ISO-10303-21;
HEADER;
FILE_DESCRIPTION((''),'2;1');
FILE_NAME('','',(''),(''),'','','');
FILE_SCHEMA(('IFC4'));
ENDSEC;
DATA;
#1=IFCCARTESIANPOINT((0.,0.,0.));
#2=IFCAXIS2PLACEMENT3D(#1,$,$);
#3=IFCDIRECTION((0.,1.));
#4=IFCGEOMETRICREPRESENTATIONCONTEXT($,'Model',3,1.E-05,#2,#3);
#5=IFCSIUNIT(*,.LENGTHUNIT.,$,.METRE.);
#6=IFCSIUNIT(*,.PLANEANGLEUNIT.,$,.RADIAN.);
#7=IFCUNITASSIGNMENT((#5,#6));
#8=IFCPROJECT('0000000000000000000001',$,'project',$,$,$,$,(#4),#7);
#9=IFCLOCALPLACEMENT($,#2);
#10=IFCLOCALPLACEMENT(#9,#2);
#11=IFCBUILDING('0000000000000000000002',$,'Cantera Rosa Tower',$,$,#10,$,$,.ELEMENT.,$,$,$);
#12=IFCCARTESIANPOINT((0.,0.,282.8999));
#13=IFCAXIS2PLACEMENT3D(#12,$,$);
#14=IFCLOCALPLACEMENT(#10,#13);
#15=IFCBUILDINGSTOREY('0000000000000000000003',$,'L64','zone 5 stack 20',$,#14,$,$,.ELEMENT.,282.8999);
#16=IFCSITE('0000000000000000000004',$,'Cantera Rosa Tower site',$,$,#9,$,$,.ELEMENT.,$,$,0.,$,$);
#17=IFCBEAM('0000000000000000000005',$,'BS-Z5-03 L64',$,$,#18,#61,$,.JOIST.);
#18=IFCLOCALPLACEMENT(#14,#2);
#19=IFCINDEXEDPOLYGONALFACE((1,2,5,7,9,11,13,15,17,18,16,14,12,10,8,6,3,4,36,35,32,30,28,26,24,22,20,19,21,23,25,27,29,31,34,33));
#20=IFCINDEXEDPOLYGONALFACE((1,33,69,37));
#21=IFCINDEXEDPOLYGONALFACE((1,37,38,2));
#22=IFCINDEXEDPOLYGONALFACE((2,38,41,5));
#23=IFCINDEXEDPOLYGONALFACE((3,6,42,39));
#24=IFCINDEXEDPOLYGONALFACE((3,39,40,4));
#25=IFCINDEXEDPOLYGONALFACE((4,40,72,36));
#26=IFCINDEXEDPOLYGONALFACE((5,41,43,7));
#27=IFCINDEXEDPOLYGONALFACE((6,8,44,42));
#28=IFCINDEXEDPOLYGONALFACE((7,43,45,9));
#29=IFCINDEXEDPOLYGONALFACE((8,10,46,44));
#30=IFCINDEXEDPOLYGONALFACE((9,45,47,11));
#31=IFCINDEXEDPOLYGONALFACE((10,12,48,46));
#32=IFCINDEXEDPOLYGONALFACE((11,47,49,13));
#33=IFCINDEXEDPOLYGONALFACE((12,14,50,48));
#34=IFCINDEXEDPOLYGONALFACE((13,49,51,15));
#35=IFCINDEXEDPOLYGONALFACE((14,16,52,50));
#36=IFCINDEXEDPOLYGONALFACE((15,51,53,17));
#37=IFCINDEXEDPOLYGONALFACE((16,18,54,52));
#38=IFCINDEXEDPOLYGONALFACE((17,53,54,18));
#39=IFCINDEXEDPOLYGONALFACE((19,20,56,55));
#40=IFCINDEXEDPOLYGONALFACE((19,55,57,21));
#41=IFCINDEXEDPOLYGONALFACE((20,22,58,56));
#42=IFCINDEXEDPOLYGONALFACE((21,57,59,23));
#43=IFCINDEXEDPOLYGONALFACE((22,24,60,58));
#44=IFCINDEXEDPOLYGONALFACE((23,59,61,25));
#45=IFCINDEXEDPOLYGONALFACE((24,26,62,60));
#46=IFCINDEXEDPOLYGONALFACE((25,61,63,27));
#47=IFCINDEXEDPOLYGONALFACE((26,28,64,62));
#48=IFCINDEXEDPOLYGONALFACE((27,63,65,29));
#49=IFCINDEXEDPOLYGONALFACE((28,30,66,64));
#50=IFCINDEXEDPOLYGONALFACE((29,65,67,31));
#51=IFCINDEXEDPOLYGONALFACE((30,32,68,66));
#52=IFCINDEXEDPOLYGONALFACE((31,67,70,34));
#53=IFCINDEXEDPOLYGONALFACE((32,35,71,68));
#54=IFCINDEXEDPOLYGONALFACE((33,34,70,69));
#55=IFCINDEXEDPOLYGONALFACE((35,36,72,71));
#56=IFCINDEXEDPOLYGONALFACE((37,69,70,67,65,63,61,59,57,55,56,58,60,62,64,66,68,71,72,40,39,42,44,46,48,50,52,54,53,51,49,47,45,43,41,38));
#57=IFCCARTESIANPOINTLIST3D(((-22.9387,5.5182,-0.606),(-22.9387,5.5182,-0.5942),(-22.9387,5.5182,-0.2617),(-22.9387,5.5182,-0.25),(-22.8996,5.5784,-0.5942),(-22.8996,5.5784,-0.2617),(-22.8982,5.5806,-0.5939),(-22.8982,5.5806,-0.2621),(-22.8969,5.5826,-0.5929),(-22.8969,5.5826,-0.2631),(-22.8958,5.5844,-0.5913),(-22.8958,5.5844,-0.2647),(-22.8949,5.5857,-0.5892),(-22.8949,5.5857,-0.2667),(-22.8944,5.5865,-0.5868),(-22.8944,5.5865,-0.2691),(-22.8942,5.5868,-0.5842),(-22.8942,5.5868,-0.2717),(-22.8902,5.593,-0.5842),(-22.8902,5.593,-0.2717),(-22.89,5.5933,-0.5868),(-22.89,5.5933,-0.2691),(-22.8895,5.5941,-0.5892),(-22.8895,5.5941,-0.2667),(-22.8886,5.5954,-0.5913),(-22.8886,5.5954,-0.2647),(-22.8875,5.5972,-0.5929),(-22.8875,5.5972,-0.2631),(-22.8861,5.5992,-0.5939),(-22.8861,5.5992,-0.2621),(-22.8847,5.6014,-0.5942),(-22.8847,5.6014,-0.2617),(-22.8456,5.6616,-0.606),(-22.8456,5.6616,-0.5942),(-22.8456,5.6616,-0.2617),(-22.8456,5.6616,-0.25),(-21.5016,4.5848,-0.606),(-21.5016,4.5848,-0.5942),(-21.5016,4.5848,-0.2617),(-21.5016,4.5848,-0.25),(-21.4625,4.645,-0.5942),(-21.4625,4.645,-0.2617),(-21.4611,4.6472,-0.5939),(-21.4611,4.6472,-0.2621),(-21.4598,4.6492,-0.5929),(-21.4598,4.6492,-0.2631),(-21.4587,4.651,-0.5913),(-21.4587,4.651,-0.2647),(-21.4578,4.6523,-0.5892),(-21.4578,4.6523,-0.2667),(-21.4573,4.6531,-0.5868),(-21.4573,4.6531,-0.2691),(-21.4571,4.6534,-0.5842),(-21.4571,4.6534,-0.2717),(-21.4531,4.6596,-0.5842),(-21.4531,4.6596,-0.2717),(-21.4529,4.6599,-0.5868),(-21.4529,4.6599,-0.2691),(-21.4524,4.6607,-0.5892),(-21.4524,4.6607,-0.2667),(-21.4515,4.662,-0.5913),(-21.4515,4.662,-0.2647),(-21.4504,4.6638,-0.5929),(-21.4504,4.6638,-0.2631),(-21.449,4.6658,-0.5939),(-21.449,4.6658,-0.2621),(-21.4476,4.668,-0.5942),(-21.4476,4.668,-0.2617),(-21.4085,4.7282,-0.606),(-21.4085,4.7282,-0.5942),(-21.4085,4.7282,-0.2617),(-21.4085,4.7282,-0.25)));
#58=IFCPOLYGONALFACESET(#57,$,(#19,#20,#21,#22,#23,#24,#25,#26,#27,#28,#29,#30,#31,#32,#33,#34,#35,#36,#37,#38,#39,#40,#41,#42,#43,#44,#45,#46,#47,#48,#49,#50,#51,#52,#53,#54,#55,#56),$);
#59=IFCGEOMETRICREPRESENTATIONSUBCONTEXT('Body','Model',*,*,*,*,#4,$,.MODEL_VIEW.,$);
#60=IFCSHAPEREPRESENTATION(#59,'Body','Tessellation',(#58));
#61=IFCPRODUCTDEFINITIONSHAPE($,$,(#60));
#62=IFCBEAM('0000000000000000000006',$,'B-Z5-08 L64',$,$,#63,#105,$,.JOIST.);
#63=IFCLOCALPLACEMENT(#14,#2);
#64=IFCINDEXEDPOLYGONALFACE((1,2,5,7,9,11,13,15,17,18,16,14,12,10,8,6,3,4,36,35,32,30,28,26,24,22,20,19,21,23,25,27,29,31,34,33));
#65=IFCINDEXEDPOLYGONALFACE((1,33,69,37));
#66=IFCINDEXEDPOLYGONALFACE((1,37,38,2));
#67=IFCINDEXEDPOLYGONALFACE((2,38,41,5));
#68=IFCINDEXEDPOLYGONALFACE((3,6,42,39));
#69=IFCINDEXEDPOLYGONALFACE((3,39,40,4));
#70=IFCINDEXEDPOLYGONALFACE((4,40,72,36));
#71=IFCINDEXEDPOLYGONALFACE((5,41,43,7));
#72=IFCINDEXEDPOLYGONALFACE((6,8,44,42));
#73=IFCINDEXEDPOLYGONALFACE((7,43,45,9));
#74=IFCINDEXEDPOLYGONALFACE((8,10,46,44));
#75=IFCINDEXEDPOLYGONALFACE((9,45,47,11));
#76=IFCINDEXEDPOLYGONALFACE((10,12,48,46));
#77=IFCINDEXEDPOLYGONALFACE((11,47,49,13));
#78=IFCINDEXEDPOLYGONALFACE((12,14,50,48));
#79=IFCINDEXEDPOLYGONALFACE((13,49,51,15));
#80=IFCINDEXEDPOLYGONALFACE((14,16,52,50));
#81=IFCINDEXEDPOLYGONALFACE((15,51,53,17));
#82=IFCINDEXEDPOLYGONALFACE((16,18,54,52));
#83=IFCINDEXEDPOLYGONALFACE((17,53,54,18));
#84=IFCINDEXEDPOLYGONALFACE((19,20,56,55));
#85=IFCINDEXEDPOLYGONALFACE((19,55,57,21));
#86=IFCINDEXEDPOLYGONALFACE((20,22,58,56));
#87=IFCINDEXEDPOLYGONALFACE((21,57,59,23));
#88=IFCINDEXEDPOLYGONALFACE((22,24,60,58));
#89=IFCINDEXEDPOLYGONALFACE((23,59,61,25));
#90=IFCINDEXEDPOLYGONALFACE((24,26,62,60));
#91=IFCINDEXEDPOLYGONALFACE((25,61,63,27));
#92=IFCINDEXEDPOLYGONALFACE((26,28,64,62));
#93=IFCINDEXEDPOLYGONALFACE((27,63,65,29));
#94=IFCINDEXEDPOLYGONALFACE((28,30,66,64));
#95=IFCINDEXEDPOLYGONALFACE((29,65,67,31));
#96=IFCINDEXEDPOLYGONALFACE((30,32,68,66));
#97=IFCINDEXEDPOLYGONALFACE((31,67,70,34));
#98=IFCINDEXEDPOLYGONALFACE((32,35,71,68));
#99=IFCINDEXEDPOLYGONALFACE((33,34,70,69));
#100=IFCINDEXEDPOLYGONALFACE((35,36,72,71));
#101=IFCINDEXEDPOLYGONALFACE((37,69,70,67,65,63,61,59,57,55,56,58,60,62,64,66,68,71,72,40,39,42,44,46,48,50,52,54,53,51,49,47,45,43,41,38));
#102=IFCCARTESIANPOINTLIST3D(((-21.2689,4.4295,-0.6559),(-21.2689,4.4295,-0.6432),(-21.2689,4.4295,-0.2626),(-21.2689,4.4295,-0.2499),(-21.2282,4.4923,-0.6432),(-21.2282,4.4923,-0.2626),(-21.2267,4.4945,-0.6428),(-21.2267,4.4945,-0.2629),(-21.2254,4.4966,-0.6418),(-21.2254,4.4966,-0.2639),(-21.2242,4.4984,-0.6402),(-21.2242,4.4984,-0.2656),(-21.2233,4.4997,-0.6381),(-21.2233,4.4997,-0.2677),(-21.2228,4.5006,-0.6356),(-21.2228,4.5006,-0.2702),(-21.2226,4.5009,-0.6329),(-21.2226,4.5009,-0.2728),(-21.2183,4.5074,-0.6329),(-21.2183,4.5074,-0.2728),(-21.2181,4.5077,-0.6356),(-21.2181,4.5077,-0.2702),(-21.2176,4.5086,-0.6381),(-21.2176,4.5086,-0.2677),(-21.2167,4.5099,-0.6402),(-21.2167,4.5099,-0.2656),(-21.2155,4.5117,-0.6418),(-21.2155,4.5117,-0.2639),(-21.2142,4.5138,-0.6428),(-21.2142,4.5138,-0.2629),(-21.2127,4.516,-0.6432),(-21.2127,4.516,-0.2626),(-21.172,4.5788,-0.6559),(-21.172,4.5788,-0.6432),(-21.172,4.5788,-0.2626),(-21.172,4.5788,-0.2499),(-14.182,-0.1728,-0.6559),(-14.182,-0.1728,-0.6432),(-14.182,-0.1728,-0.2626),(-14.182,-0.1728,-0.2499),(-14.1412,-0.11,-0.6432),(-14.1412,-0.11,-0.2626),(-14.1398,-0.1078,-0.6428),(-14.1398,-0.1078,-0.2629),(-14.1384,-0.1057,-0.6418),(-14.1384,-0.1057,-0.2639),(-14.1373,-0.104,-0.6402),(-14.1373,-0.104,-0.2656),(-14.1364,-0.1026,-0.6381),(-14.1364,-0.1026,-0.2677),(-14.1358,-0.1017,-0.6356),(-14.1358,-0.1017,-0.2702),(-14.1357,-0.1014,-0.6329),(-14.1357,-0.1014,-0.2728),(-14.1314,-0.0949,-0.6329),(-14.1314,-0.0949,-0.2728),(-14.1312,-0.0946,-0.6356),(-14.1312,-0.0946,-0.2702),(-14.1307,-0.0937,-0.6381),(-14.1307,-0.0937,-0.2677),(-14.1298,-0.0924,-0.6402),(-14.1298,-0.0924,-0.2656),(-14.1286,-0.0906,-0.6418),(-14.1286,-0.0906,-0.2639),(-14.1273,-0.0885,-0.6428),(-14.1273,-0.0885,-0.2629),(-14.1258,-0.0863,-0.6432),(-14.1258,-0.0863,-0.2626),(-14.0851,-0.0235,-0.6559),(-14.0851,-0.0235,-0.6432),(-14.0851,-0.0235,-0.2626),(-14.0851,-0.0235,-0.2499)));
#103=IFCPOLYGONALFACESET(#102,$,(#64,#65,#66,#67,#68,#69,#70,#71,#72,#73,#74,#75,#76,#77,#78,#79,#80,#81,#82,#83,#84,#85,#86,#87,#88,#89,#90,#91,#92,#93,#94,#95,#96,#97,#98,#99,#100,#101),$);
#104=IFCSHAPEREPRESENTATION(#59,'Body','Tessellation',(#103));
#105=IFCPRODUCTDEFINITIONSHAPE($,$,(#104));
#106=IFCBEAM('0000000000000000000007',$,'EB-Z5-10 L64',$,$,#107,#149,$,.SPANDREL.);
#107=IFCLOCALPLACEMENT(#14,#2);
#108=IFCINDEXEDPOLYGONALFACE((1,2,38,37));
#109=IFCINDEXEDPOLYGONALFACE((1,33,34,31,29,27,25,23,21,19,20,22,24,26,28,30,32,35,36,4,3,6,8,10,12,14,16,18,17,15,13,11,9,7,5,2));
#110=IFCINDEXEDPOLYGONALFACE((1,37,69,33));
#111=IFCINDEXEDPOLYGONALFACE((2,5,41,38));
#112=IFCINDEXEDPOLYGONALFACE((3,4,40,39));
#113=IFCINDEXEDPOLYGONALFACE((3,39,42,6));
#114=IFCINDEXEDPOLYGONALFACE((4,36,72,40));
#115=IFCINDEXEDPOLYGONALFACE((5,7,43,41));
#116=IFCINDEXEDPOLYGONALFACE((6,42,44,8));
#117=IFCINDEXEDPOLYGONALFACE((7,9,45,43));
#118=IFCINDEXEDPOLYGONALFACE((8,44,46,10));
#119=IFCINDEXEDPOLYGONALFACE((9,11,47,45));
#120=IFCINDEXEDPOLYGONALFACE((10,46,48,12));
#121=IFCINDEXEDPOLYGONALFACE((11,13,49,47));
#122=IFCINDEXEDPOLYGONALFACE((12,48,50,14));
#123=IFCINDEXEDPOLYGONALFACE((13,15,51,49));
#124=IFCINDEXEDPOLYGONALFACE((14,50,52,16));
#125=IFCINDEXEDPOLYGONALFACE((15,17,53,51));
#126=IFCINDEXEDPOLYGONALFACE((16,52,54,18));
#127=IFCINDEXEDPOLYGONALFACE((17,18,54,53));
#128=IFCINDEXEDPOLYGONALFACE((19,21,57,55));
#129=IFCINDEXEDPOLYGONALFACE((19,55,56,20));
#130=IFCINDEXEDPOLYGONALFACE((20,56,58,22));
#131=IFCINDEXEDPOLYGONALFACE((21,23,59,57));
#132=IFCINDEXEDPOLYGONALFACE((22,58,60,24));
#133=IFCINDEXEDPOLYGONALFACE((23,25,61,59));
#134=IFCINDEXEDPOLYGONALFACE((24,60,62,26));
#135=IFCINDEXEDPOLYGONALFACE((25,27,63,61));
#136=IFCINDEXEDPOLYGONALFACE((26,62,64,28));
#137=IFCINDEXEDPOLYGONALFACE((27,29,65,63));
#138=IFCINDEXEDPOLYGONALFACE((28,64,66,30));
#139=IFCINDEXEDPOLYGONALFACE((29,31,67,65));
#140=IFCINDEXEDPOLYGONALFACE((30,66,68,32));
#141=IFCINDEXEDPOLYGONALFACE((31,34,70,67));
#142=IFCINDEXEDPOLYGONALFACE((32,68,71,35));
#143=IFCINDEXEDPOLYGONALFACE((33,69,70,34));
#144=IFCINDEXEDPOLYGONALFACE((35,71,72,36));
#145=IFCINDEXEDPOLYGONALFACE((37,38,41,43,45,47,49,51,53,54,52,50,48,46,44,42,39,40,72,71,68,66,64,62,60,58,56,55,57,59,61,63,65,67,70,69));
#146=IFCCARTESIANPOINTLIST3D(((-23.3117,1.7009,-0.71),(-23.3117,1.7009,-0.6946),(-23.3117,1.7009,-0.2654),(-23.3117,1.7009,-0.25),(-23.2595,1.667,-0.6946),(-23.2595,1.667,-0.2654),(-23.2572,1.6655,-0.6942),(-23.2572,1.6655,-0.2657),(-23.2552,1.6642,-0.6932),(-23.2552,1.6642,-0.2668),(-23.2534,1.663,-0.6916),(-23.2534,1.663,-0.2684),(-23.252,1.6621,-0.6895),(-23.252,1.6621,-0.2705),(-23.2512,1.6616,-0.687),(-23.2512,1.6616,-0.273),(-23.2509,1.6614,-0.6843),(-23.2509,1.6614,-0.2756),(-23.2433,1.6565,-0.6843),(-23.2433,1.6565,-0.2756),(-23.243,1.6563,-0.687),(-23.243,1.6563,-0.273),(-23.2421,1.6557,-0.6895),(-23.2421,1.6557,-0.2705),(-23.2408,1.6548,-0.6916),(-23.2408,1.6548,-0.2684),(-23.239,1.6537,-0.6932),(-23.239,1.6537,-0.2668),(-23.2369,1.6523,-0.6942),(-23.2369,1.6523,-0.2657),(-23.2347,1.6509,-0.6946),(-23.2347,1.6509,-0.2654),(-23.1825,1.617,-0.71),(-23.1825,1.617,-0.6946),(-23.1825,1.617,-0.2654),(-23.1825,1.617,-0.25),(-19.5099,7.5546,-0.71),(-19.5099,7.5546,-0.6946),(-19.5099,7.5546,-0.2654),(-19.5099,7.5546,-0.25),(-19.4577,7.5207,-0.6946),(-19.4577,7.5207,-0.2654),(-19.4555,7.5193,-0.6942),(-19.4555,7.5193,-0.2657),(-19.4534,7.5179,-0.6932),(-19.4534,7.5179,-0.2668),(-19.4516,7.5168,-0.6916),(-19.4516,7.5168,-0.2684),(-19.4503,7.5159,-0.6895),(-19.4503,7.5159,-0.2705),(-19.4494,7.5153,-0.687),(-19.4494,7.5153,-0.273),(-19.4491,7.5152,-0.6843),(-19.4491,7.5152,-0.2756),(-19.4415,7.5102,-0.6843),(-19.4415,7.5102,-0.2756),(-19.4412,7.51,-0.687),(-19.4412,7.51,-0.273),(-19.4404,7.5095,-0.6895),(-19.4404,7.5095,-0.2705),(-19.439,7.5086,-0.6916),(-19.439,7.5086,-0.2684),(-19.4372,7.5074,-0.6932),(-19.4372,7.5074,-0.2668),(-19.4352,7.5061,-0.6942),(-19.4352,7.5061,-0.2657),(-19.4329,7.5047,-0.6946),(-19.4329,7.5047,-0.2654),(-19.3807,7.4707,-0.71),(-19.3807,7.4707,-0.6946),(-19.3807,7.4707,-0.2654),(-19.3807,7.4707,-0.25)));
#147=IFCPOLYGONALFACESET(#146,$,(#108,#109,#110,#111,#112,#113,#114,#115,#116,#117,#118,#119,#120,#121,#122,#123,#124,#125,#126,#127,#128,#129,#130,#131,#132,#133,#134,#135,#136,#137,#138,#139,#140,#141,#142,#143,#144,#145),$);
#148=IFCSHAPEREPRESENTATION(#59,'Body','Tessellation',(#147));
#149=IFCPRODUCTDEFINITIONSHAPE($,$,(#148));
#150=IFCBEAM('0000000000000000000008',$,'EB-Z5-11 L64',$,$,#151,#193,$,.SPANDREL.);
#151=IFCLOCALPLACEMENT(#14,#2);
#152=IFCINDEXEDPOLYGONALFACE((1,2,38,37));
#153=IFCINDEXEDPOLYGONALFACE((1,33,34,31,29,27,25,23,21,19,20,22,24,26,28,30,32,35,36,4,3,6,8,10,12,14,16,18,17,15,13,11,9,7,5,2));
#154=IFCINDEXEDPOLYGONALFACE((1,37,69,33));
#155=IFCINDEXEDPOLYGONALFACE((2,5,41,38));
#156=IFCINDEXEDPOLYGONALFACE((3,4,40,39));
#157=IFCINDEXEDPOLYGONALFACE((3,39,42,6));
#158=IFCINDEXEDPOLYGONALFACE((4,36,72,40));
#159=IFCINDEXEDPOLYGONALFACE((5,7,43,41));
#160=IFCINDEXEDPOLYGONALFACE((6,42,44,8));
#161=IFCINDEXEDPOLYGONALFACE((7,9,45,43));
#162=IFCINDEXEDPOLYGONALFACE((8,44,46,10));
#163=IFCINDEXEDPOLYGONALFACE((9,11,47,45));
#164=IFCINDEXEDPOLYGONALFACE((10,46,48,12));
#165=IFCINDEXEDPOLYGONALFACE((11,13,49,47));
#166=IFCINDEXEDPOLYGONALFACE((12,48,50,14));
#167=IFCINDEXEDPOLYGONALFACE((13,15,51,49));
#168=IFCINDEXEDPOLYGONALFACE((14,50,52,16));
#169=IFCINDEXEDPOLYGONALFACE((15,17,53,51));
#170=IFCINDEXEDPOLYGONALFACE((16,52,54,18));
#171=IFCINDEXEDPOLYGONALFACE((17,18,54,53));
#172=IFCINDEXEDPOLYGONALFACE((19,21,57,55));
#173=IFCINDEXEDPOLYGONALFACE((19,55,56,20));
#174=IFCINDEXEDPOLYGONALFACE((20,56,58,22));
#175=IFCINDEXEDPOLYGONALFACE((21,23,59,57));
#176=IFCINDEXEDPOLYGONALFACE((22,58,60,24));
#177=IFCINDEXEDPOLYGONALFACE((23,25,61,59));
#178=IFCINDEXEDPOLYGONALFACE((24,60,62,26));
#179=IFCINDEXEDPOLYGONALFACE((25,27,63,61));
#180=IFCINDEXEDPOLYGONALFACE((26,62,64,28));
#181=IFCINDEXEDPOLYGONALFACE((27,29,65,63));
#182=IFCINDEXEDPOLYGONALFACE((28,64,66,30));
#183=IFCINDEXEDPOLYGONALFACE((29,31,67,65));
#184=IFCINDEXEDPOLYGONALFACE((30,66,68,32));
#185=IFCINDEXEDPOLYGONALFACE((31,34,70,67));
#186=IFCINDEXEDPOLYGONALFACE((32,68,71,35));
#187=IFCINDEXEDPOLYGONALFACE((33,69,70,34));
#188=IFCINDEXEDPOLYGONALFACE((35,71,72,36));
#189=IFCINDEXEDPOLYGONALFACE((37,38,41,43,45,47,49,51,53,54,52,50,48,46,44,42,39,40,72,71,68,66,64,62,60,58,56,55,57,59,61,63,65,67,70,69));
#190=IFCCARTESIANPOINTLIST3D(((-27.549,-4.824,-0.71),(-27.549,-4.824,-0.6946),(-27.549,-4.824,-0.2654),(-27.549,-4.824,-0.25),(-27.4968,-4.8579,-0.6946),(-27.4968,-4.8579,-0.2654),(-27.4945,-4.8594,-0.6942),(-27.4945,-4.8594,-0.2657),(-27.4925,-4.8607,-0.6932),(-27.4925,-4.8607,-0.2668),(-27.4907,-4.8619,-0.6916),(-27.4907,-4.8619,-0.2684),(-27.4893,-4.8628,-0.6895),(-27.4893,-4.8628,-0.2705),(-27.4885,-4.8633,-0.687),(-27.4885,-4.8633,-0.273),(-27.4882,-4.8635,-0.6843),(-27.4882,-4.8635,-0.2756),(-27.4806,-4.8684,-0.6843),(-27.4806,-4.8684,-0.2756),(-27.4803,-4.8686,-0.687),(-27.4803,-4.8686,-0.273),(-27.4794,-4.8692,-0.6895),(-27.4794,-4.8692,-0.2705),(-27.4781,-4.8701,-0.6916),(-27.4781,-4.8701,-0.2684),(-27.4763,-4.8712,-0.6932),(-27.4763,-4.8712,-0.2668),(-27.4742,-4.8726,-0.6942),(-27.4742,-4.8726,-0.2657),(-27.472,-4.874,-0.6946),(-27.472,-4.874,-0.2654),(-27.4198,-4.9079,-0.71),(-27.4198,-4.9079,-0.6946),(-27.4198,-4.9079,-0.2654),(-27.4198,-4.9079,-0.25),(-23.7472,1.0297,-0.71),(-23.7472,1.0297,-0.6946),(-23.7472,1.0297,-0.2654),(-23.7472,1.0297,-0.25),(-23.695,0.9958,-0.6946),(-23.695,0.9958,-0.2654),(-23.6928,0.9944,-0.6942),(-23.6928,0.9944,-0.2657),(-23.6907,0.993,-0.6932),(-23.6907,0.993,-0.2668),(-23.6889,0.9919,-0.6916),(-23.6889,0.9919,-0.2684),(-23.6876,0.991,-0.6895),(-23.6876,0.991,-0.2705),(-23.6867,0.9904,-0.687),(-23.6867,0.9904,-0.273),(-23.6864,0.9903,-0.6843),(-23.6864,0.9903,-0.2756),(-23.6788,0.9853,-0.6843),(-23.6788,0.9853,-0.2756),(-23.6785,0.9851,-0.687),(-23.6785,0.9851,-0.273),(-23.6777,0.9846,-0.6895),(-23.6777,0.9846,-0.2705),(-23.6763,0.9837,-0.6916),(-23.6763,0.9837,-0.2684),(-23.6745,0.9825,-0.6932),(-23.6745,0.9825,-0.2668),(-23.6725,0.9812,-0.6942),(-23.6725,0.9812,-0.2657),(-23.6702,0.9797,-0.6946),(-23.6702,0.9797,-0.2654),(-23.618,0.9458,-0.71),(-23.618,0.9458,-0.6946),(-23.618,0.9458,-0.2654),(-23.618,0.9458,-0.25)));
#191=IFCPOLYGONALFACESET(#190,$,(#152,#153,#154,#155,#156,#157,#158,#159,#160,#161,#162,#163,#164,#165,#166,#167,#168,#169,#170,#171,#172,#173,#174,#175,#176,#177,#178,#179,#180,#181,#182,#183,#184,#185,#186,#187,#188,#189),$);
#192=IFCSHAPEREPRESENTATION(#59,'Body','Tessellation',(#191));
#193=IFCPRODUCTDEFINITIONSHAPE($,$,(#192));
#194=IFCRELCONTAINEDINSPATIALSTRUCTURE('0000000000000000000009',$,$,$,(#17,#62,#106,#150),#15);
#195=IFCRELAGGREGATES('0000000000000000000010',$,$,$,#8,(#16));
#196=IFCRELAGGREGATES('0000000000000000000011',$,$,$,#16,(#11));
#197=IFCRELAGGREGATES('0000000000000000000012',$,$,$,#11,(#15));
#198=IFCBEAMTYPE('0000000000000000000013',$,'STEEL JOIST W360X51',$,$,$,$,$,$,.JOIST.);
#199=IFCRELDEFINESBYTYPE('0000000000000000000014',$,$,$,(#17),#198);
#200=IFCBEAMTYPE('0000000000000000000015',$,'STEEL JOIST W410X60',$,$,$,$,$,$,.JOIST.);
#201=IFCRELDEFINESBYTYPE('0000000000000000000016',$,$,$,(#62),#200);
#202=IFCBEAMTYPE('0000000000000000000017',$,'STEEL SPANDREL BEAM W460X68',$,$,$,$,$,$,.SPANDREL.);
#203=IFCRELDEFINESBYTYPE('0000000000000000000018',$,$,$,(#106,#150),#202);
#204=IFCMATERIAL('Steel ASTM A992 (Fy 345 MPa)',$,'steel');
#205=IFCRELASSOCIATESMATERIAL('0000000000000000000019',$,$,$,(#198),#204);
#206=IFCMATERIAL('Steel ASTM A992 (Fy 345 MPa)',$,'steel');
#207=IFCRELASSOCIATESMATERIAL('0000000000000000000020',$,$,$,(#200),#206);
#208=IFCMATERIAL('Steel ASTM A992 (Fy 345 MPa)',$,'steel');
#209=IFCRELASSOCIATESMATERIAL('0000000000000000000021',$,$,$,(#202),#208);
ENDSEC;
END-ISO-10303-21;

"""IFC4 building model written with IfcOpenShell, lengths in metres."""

from ifc_helpers import new_model, si_unit, direction, frame, origin, origin_2d, place, context, subcontext, project, spatial, i_section, extrude, material, material_profile, profile_set, type_object, element, save


model = new_model("IFC4")

# Units and contexts
model_context = context("Model", 3, precision=1e-05, world=origin(), true_north=direction((0.0, 1.0)))
body_context = subcontext(model_context, "Body", "Model", "MODEL_VIEW")
ifc_project = project(units=[si_unit("LENGTHUNIT", "METRE"), si_unit("PLANEANGLEUNIT", "RADIAN")], contexts=[model_context])

# Site, building, storey
site_placement = place(None, origin())
site = spatial("IfcSite", under=ifc_project, at=site_placement, Name="Cantera Rosa Tower site", CompositionType="ELEMENT", RefElevation=0.0)
building_placement = place(site_placement, origin())
building = spatial("IfcBuilding", under=site, at=building_placement, Name="Cantera Rosa Tower", CompositionType="ELEMENT")
storey_placement = place(building_placement, frame((0.0, 0.0, 282.8999)))
storey = spatial("IfcBuildingStorey", under=building, at=storey_placement, Name="L64", Description="zone 5 stack 20", CompositionType="ELEMENT", Elevation=282.8999)

# Beams
ifc_material_1 = material(Name="Steel ASTM A992 (Fy 345 MPa)", Category="steel")
ifc_material_profile_1 = material_profile(ifc_material_1, i_section(OverallWidth=0.1709, OverallDepth=0.356, WebThickness=0.0073, FlangeThickness=0.0117, FilletRadius=0.01, at=origin_2d()), Name="W360X51")
ifc_profile_set_1 = profile_set([ifc_material_profile_1], Name="Steel ASTM A992 (Fy 345 MPa)")
beam_type_1 = type_object("IfcBeamType", Name="STEEL JOIST W360X51", PredefinedType="JOIST", material=ifc_profile_set_1)
beam_1_placement = place(storey_placement, frame((-21.4551, 4.6565, -0.428), z_axis=(-0.838632, 0.544698, 0.0), x_axis=(-0.544698, -0.838632, 0.0)))
element("IfcBeam", 1, at=beam_1_placement, inside=storey, type_object=beam_type_1, Name="BS-Z5-03 L64", PredefinedType="JOIST", context=body_context, shape_type="SweptSolid", body=[
    extrude(i_section(OverallWidth=0.1709, OverallDepth=0.356, WebThickness=0.0073, FlangeThickness=0.0117, FilletRadius=0.01, at=origin_2d()), origin(), (0.0, 0.0, 1.0), 1.7136),
])
ifc_material_2 = material(Name="Steel ASTM A992 (Fy 345 MPa)", Category="steel")
ifc_material_profile_2 = material_profile(ifc_material_2, i_section(OverallWidth=0.178, OverallDepth=0.406, WebThickness=0.0078, FlangeThickness=0.0127, FilletRadius=0.0103, at=origin_2d()), Name="W410X60")
ifc_profile_set_2 = profile_set([ifc_material_profile_2], Name="Steel ASTM A992 (Fy 345 MPa)")
beam_type_2 = type_object("IfcBeamType", Name="STEEL JOIST W410X60", PredefinedType="JOIST", material=ifc_profile_set_2)
beam_2_placement = place(storey_placement, frame((-21.2205, 4.5042, -0.4529), z_axis=(0.838671, -0.544639, 0.0), x_axis=(0.544639, 0.838671, 0.0)))
element("IfcBeam", 2, at=beam_2_placement, inside=storey, type_object=beam_type_2, Name="B-Z5-08 L64", PredefinedType="JOIST", context=body_context, shape_type="SweptSolid", body=[
    extrude(i_section(OverallWidth=0.178, OverallDepth=0.406, WebThickness=0.0078, FlangeThickness=0.0127, FilletRadius=0.0103, at=origin_2d()), origin(), (0.0, 0.0, 1.0), 8.4502),
])
ifc_material_3 = material(Name="Steel ASTM A992 (Fy 345 MPa)", Category="steel")
ifc_material_profile_3 = material_profile(ifc_material_3, i_section(OverallWidth=0.1541, OverallDepth=0.46, WebThickness=0.009, FlangeThickness=0.0154, FilletRadius=0.0103, at=origin_2d()), Name="W460X68")
ifc_profile_set_3 = profile_set([ifc_material_profile_3], Name="Steel ASTM A992 (Fy 345 MPa)")
beam_type_3 = type_object("IfcBeamType", Name="STEEL SPANDREL BEAM W460X68", PredefinedType="SPANDREL", material=ifc_profile_set_3)
for number, where, z_axis, x_axis, name in (
    (3, (-19.4453, 7.5127, -0.48), (-0.544667, -0.838652, 0.0), (0.838652, -0.544667, 0.0), "EB-Z5-10 L64"),
    (4, (-23.6826, 0.9878, -0.48), (-0.544667, -0.838652, 0.0), (0.838652, -0.544667, 0.0), "EB-Z5-11 L64"),
):
    element("IfcBeam", number, at=place(storey_placement, frame(where, z_axis=z_axis, x_axis=x_axis)), inside=storey, type_object=beam_type_3, Name=name, PredefinedType="SPANDREL", context=body_context, shape_type="SweptSolid", body=[
        extrude(i_section(OverallWidth=0.1541, OverallDepth=0.46, WebThickness=0.009, FlangeThickness=0.0154, FilletRadius=0.0103, at=origin_2d()), origin(), (0.0, 0.0, 1.0), 6.98),
    ])

save(model, "model.ifc")
